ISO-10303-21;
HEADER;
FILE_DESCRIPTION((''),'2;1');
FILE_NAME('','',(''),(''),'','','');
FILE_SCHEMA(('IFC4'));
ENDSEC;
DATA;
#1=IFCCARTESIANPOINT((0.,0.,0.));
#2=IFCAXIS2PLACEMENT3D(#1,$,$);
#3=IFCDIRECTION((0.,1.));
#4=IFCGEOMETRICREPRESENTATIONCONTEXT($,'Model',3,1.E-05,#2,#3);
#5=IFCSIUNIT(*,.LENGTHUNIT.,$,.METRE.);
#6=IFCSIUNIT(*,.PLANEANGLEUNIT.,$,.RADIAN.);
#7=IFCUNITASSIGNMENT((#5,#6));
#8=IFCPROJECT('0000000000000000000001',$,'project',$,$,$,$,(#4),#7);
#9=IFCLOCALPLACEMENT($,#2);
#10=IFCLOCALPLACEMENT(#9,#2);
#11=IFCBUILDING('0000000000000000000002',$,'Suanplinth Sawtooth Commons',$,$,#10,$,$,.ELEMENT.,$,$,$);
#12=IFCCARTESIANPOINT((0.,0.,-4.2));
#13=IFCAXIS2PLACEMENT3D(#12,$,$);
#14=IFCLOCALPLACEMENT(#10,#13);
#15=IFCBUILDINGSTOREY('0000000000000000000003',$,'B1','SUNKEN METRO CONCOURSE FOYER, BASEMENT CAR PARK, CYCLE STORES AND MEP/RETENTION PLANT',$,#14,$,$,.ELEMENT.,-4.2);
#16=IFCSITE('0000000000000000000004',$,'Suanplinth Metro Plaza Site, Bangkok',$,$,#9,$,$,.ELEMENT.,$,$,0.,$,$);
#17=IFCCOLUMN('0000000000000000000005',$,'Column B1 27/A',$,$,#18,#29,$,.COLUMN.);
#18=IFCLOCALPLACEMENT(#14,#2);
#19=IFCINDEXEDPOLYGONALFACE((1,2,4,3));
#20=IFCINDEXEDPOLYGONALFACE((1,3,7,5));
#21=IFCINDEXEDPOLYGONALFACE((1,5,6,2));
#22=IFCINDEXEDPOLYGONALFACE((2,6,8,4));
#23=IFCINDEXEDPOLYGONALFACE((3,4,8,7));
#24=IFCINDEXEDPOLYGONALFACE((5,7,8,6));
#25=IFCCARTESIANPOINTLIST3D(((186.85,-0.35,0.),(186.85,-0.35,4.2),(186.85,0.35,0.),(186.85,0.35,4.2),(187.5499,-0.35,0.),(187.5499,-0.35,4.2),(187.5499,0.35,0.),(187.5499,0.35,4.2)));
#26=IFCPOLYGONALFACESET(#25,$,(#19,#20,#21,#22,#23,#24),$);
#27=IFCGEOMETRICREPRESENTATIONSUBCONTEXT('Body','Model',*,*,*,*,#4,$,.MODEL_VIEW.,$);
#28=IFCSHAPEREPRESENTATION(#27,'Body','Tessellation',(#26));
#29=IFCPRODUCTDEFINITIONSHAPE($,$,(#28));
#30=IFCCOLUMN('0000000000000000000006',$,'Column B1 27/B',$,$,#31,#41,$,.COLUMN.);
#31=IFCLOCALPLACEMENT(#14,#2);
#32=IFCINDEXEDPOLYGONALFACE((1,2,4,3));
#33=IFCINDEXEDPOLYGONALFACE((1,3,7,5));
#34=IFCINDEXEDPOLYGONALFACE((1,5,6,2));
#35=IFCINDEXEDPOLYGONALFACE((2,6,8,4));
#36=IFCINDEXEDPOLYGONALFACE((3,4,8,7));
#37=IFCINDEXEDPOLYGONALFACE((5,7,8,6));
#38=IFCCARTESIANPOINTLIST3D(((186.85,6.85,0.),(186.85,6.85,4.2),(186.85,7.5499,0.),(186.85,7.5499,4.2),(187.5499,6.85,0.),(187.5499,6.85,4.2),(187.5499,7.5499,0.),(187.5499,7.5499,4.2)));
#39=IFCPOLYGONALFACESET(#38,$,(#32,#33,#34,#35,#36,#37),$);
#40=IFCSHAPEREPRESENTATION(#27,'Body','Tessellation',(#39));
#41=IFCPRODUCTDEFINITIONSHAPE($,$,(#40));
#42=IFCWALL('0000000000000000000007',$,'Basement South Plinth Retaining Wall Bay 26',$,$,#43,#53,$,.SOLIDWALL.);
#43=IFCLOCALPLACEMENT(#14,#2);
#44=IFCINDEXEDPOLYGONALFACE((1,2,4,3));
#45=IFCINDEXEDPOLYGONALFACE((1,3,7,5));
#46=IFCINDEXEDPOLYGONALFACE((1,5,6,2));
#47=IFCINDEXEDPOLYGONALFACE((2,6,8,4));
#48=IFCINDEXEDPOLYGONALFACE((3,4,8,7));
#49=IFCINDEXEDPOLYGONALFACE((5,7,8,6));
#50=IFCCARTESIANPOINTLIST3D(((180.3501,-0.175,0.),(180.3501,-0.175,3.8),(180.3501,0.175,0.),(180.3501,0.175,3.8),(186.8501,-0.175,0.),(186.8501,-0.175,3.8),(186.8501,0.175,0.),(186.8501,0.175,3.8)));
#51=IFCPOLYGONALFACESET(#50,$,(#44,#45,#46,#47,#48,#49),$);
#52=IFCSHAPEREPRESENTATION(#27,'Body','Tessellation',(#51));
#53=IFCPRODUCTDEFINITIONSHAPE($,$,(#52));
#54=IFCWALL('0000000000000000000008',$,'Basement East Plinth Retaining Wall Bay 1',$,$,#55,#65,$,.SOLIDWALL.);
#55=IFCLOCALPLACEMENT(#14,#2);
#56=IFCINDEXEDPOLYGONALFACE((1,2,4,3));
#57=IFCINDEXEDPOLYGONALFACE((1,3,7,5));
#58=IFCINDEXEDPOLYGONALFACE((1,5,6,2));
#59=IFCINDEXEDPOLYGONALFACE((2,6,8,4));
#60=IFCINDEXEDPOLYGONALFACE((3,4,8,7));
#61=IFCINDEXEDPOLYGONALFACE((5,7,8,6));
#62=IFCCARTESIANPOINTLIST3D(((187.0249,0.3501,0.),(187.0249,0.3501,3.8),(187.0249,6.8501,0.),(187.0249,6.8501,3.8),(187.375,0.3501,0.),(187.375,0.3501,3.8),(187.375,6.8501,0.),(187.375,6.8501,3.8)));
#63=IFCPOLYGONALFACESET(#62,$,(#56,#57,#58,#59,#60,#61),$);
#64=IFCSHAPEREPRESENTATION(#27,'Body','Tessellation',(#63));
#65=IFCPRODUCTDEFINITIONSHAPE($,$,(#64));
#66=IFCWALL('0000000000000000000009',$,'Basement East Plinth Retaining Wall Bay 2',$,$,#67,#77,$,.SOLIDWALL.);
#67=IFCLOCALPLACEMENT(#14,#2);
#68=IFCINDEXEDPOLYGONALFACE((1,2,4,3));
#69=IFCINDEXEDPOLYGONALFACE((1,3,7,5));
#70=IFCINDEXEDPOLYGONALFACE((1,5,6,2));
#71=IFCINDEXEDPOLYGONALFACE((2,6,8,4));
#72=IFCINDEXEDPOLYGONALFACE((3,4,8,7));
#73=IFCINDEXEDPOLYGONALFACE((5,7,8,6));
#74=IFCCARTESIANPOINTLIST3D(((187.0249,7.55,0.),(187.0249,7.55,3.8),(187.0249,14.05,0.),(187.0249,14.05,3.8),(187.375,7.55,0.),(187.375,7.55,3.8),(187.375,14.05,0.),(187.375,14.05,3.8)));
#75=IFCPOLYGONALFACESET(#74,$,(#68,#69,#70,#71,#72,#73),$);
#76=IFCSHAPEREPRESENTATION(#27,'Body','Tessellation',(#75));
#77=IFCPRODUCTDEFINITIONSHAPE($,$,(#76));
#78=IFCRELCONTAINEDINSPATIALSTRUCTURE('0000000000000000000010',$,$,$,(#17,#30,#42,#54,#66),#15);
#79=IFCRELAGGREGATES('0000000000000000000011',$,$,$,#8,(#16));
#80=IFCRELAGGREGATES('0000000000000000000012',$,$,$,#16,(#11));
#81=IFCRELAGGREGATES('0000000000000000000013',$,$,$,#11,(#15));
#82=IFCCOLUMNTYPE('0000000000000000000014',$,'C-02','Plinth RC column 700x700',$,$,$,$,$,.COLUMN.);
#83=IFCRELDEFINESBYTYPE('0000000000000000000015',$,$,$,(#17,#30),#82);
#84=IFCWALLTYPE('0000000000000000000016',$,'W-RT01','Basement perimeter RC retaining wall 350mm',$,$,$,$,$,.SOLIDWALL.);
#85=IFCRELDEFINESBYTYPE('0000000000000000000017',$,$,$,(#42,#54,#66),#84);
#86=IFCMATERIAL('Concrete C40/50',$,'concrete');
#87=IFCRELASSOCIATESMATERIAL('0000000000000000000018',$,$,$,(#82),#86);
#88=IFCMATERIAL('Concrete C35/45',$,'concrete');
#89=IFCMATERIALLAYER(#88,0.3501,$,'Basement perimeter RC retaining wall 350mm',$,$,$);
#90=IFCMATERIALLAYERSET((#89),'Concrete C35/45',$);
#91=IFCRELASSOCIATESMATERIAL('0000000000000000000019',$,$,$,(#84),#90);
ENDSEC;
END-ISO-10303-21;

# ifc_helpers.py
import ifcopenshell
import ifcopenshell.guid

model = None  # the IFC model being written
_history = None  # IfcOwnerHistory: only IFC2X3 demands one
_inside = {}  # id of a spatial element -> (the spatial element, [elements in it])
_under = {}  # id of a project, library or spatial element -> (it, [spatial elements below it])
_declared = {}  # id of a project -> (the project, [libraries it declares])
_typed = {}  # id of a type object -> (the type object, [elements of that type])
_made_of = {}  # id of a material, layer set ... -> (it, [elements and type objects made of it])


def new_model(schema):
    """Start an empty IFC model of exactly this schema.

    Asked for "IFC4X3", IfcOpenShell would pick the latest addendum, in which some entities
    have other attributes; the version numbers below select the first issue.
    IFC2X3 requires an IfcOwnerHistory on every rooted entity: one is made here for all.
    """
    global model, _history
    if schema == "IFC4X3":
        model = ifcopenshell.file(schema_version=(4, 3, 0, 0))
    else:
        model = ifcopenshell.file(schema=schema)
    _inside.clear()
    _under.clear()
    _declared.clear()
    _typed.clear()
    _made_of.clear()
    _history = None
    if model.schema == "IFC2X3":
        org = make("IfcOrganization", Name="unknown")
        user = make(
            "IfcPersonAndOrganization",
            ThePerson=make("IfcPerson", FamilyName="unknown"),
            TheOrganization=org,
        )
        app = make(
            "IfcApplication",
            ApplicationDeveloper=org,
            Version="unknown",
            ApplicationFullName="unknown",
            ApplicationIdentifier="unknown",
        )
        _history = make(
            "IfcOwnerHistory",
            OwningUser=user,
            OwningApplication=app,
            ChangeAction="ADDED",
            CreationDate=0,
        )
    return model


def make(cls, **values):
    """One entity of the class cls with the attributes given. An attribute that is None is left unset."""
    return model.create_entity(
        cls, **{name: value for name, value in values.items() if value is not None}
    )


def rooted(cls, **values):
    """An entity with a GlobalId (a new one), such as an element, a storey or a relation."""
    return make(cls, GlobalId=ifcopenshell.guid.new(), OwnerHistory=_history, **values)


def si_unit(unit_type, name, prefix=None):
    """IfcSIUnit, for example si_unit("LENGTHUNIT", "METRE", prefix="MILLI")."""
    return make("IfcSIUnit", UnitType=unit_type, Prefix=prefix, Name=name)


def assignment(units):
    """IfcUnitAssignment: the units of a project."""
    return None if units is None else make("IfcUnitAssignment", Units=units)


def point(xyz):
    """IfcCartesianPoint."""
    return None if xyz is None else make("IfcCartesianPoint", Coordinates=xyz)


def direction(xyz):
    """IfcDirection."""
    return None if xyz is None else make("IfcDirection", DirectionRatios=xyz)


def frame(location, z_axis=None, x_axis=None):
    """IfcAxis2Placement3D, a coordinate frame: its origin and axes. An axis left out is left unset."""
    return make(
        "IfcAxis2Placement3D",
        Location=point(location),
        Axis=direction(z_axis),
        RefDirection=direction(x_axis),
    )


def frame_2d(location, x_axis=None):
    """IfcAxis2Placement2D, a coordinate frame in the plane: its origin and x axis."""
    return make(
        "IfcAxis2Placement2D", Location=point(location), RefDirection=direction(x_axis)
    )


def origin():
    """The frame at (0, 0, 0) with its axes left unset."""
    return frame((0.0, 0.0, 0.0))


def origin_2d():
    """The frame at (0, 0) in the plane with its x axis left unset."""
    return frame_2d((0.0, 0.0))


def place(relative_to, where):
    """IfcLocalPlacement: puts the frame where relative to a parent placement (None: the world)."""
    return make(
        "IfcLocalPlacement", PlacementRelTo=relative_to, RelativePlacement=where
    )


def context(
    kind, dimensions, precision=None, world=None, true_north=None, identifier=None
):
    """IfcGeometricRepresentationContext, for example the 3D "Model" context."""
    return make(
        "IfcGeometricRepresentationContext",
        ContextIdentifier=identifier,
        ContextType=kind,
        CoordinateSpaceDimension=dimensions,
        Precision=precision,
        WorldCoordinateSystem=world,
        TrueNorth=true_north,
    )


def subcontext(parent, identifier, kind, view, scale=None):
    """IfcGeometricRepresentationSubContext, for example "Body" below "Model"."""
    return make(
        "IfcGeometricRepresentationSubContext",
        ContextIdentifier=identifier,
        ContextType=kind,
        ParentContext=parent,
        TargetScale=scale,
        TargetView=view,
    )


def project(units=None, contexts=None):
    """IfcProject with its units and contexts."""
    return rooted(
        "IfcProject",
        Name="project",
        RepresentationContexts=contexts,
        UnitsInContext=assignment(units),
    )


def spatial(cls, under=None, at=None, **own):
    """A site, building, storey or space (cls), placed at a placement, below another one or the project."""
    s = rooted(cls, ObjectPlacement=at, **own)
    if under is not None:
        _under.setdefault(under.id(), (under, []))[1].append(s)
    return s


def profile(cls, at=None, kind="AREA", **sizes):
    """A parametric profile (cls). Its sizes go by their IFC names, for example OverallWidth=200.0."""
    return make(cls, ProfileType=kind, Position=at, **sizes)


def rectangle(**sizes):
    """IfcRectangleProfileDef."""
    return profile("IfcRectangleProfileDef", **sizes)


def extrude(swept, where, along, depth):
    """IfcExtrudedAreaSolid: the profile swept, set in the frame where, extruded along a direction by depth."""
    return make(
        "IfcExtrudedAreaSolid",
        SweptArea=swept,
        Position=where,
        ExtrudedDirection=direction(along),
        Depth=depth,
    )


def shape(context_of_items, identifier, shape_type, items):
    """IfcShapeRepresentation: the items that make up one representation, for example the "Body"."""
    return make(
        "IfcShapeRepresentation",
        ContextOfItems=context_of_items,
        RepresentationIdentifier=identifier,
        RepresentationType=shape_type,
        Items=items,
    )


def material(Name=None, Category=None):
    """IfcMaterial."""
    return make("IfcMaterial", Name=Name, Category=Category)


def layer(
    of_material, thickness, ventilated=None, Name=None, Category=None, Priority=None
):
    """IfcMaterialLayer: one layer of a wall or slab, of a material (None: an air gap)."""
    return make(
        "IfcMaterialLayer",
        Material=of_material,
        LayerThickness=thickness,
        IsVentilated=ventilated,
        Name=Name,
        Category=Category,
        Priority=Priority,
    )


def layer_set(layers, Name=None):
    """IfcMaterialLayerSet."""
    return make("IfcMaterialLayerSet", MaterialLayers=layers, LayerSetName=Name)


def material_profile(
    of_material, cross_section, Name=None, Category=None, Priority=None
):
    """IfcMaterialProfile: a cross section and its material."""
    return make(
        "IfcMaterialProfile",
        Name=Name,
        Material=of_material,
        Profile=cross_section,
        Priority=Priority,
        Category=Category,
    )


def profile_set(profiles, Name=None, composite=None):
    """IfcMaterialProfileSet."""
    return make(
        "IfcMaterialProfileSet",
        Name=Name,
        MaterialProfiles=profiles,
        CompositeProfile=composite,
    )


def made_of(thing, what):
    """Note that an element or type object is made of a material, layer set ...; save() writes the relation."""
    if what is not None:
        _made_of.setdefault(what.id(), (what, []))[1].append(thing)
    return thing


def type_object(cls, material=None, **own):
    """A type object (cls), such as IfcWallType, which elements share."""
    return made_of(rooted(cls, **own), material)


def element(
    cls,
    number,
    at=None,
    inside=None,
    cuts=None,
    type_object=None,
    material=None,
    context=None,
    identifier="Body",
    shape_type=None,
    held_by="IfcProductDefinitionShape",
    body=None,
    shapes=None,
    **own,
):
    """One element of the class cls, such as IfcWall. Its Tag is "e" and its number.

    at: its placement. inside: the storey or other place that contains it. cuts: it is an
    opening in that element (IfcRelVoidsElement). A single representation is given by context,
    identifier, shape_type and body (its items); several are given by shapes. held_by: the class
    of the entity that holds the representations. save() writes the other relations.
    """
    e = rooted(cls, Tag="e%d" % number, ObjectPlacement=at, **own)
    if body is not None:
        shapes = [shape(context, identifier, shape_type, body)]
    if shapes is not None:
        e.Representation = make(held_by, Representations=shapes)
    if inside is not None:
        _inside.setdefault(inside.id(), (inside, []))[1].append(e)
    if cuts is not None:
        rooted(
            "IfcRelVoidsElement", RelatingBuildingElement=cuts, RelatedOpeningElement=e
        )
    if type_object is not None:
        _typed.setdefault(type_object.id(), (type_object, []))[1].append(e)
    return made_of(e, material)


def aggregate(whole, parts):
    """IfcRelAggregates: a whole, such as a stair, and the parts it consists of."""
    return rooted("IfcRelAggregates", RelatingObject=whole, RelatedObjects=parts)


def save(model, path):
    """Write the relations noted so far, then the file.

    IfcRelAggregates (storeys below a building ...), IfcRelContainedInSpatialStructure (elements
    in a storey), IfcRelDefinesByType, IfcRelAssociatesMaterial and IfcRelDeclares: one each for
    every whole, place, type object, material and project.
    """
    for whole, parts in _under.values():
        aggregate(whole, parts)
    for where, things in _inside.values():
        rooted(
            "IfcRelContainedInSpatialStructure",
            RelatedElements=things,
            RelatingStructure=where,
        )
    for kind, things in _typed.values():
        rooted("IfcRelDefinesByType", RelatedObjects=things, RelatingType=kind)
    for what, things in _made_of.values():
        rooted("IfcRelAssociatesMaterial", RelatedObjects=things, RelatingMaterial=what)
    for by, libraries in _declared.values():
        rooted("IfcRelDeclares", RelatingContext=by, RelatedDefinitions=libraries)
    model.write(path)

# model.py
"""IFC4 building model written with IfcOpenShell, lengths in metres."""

from ifc_helpers import new_model, si_unit, direction, frame, frame_2d, origin, origin_2d, place, context, subcontext, project, spatial, rectangle, extrude, material, layer, layer_set, material_profile, profile_set, type_object, element, save


model = new_model("IFC4")

# Units and contexts
model_context = context("Model", 3, precision=1e-05, world=origin(), true_north=direction((0.0, 1.0)))
body_context = subcontext(model_context, "Body", "Model", "MODEL_VIEW")
ifc_project = project(units=[si_unit("LENGTHUNIT", "METRE"), si_unit("PLANEANGLEUNIT", "RADIAN")], contexts=[model_context])

# Site, building, storey
site_placement = place(None, origin())
site = spatial("IfcSite", under=ifc_project, at=site_placement, Name="Suanplinth Metro Plaza Site, Bangkok", CompositionType="ELEMENT", RefElevation=0.0)
building_placement = place(site_placement, origin())
building = spatial("IfcBuilding", under=site, at=building_placement, Name="Suanplinth Sawtooth Commons", CompositionType="ELEMENT")
storey_placement = place(building_placement, frame((0.0, 0.0, -4.2)))
storey = spatial("IfcBuildingStorey", under=building, at=storey_placement, Name="B1", Description="SUNKEN METRO CONCOURSE FOYER, BASEMENT CAR PARK, CYCLE STORES AND MEP/RETENTION PLANT", CompositionType="ELEMENT", Elevation=-4.2)

# Shared definitions
ifc_material_1 = material(Name="Concrete C35/45", Category="concrete")

# Columns
ifc_material_2 = material(Name="Concrete C40/50", Category="concrete")
ifc_material_profile_1 = material_profile(ifc_material_2, rectangle(XDim=0.7, YDim=0.7, at=origin_2d()), Name="RC-COL 700x700")
ifc_profile_set_1 = profile_set([ifc_material_profile_1], Name="Concrete C40/50")
column_type = type_object("IfcColumnType", Name="C-02", Description="Plinth RC column 700x700", PredefinedType="COLUMN", material=ifc_profile_set_1)
for number, where, z_axis, x_axis, name in (
    (1, (187.2, 0.0, 0.0), (0.0, 0.0, 1.0), (1.0, 0.0, 0.0), "Column B1 27/A"),
    (2, (187.2, 7.2, 0.0), (0.0, 0.0, 1.0), (1.0, 0.0, 0.0), "Column B1 27/B"),
):
    element("IfcColumn", number, at=place(storey_placement, frame(where, z_axis=z_axis, x_axis=x_axis)), inside=storey, type_object=column_type, Name=name, PredefinedType="COLUMN", context=body_context, shape_type="SweptSolid", body=[
        extrude(rectangle(XDim=0.7, YDim=0.7, at=origin_2d()), origin(), (0.0, 0.0, 1.0), 4.2),
    ])

# Walls
ifc_layer = layer(ifc_material_1, 0.3501, Name="Basement perimeter RC retaining wall 350mm")
ifc_layer_set = layer_set([ifc_layer], Name="Concrete C35/45")
wall_type = type_object("IfcWallType", Name="W-RT01", Description="Basement perimeter RC retaining wall 350mm", PredefinedType="SOLIDWALL", material=ifc_layer_set)
for number, where, z_axis, x_axis, name in (
    (3, (180.3501, 0.0, 0.0), (0.0, 0.0, 1.0), (1.0, 0.0, 0.0), "Basement South Plinth Retaining Wall Bay 26"),
    (4, (187.2, 0.3501, 0.0), (0.0, 0.0, 1.0), (0.0, 1.0, 0.0), "Basement East Plinth Retaining Wall Bay 1"),
    (5, (187.2, 7.55, 0.0), (0.0, 0.0, 1.0), (0.0, 1.0, 0.0), "Basement East Plinth Retaining Wall Bay 2"),
):
    element("IfcWall", number, at=place(storey_placement, frame(where, z_axis=z_axis, x_axis=x_axis)), inside=storey, type_object=wall_type, Name=name, PredefinedType="SOLIDWALL", context=body_context, shape_type="SweptSolid", body=[
        extrude(rectangle(XDim=6.5, YDim=0.3501, at=frame_2d((3.25, 0.0))), origin(), (0.0, 0.0, 1.0), 3.8),
    ])

save(model, "model.ifc")
